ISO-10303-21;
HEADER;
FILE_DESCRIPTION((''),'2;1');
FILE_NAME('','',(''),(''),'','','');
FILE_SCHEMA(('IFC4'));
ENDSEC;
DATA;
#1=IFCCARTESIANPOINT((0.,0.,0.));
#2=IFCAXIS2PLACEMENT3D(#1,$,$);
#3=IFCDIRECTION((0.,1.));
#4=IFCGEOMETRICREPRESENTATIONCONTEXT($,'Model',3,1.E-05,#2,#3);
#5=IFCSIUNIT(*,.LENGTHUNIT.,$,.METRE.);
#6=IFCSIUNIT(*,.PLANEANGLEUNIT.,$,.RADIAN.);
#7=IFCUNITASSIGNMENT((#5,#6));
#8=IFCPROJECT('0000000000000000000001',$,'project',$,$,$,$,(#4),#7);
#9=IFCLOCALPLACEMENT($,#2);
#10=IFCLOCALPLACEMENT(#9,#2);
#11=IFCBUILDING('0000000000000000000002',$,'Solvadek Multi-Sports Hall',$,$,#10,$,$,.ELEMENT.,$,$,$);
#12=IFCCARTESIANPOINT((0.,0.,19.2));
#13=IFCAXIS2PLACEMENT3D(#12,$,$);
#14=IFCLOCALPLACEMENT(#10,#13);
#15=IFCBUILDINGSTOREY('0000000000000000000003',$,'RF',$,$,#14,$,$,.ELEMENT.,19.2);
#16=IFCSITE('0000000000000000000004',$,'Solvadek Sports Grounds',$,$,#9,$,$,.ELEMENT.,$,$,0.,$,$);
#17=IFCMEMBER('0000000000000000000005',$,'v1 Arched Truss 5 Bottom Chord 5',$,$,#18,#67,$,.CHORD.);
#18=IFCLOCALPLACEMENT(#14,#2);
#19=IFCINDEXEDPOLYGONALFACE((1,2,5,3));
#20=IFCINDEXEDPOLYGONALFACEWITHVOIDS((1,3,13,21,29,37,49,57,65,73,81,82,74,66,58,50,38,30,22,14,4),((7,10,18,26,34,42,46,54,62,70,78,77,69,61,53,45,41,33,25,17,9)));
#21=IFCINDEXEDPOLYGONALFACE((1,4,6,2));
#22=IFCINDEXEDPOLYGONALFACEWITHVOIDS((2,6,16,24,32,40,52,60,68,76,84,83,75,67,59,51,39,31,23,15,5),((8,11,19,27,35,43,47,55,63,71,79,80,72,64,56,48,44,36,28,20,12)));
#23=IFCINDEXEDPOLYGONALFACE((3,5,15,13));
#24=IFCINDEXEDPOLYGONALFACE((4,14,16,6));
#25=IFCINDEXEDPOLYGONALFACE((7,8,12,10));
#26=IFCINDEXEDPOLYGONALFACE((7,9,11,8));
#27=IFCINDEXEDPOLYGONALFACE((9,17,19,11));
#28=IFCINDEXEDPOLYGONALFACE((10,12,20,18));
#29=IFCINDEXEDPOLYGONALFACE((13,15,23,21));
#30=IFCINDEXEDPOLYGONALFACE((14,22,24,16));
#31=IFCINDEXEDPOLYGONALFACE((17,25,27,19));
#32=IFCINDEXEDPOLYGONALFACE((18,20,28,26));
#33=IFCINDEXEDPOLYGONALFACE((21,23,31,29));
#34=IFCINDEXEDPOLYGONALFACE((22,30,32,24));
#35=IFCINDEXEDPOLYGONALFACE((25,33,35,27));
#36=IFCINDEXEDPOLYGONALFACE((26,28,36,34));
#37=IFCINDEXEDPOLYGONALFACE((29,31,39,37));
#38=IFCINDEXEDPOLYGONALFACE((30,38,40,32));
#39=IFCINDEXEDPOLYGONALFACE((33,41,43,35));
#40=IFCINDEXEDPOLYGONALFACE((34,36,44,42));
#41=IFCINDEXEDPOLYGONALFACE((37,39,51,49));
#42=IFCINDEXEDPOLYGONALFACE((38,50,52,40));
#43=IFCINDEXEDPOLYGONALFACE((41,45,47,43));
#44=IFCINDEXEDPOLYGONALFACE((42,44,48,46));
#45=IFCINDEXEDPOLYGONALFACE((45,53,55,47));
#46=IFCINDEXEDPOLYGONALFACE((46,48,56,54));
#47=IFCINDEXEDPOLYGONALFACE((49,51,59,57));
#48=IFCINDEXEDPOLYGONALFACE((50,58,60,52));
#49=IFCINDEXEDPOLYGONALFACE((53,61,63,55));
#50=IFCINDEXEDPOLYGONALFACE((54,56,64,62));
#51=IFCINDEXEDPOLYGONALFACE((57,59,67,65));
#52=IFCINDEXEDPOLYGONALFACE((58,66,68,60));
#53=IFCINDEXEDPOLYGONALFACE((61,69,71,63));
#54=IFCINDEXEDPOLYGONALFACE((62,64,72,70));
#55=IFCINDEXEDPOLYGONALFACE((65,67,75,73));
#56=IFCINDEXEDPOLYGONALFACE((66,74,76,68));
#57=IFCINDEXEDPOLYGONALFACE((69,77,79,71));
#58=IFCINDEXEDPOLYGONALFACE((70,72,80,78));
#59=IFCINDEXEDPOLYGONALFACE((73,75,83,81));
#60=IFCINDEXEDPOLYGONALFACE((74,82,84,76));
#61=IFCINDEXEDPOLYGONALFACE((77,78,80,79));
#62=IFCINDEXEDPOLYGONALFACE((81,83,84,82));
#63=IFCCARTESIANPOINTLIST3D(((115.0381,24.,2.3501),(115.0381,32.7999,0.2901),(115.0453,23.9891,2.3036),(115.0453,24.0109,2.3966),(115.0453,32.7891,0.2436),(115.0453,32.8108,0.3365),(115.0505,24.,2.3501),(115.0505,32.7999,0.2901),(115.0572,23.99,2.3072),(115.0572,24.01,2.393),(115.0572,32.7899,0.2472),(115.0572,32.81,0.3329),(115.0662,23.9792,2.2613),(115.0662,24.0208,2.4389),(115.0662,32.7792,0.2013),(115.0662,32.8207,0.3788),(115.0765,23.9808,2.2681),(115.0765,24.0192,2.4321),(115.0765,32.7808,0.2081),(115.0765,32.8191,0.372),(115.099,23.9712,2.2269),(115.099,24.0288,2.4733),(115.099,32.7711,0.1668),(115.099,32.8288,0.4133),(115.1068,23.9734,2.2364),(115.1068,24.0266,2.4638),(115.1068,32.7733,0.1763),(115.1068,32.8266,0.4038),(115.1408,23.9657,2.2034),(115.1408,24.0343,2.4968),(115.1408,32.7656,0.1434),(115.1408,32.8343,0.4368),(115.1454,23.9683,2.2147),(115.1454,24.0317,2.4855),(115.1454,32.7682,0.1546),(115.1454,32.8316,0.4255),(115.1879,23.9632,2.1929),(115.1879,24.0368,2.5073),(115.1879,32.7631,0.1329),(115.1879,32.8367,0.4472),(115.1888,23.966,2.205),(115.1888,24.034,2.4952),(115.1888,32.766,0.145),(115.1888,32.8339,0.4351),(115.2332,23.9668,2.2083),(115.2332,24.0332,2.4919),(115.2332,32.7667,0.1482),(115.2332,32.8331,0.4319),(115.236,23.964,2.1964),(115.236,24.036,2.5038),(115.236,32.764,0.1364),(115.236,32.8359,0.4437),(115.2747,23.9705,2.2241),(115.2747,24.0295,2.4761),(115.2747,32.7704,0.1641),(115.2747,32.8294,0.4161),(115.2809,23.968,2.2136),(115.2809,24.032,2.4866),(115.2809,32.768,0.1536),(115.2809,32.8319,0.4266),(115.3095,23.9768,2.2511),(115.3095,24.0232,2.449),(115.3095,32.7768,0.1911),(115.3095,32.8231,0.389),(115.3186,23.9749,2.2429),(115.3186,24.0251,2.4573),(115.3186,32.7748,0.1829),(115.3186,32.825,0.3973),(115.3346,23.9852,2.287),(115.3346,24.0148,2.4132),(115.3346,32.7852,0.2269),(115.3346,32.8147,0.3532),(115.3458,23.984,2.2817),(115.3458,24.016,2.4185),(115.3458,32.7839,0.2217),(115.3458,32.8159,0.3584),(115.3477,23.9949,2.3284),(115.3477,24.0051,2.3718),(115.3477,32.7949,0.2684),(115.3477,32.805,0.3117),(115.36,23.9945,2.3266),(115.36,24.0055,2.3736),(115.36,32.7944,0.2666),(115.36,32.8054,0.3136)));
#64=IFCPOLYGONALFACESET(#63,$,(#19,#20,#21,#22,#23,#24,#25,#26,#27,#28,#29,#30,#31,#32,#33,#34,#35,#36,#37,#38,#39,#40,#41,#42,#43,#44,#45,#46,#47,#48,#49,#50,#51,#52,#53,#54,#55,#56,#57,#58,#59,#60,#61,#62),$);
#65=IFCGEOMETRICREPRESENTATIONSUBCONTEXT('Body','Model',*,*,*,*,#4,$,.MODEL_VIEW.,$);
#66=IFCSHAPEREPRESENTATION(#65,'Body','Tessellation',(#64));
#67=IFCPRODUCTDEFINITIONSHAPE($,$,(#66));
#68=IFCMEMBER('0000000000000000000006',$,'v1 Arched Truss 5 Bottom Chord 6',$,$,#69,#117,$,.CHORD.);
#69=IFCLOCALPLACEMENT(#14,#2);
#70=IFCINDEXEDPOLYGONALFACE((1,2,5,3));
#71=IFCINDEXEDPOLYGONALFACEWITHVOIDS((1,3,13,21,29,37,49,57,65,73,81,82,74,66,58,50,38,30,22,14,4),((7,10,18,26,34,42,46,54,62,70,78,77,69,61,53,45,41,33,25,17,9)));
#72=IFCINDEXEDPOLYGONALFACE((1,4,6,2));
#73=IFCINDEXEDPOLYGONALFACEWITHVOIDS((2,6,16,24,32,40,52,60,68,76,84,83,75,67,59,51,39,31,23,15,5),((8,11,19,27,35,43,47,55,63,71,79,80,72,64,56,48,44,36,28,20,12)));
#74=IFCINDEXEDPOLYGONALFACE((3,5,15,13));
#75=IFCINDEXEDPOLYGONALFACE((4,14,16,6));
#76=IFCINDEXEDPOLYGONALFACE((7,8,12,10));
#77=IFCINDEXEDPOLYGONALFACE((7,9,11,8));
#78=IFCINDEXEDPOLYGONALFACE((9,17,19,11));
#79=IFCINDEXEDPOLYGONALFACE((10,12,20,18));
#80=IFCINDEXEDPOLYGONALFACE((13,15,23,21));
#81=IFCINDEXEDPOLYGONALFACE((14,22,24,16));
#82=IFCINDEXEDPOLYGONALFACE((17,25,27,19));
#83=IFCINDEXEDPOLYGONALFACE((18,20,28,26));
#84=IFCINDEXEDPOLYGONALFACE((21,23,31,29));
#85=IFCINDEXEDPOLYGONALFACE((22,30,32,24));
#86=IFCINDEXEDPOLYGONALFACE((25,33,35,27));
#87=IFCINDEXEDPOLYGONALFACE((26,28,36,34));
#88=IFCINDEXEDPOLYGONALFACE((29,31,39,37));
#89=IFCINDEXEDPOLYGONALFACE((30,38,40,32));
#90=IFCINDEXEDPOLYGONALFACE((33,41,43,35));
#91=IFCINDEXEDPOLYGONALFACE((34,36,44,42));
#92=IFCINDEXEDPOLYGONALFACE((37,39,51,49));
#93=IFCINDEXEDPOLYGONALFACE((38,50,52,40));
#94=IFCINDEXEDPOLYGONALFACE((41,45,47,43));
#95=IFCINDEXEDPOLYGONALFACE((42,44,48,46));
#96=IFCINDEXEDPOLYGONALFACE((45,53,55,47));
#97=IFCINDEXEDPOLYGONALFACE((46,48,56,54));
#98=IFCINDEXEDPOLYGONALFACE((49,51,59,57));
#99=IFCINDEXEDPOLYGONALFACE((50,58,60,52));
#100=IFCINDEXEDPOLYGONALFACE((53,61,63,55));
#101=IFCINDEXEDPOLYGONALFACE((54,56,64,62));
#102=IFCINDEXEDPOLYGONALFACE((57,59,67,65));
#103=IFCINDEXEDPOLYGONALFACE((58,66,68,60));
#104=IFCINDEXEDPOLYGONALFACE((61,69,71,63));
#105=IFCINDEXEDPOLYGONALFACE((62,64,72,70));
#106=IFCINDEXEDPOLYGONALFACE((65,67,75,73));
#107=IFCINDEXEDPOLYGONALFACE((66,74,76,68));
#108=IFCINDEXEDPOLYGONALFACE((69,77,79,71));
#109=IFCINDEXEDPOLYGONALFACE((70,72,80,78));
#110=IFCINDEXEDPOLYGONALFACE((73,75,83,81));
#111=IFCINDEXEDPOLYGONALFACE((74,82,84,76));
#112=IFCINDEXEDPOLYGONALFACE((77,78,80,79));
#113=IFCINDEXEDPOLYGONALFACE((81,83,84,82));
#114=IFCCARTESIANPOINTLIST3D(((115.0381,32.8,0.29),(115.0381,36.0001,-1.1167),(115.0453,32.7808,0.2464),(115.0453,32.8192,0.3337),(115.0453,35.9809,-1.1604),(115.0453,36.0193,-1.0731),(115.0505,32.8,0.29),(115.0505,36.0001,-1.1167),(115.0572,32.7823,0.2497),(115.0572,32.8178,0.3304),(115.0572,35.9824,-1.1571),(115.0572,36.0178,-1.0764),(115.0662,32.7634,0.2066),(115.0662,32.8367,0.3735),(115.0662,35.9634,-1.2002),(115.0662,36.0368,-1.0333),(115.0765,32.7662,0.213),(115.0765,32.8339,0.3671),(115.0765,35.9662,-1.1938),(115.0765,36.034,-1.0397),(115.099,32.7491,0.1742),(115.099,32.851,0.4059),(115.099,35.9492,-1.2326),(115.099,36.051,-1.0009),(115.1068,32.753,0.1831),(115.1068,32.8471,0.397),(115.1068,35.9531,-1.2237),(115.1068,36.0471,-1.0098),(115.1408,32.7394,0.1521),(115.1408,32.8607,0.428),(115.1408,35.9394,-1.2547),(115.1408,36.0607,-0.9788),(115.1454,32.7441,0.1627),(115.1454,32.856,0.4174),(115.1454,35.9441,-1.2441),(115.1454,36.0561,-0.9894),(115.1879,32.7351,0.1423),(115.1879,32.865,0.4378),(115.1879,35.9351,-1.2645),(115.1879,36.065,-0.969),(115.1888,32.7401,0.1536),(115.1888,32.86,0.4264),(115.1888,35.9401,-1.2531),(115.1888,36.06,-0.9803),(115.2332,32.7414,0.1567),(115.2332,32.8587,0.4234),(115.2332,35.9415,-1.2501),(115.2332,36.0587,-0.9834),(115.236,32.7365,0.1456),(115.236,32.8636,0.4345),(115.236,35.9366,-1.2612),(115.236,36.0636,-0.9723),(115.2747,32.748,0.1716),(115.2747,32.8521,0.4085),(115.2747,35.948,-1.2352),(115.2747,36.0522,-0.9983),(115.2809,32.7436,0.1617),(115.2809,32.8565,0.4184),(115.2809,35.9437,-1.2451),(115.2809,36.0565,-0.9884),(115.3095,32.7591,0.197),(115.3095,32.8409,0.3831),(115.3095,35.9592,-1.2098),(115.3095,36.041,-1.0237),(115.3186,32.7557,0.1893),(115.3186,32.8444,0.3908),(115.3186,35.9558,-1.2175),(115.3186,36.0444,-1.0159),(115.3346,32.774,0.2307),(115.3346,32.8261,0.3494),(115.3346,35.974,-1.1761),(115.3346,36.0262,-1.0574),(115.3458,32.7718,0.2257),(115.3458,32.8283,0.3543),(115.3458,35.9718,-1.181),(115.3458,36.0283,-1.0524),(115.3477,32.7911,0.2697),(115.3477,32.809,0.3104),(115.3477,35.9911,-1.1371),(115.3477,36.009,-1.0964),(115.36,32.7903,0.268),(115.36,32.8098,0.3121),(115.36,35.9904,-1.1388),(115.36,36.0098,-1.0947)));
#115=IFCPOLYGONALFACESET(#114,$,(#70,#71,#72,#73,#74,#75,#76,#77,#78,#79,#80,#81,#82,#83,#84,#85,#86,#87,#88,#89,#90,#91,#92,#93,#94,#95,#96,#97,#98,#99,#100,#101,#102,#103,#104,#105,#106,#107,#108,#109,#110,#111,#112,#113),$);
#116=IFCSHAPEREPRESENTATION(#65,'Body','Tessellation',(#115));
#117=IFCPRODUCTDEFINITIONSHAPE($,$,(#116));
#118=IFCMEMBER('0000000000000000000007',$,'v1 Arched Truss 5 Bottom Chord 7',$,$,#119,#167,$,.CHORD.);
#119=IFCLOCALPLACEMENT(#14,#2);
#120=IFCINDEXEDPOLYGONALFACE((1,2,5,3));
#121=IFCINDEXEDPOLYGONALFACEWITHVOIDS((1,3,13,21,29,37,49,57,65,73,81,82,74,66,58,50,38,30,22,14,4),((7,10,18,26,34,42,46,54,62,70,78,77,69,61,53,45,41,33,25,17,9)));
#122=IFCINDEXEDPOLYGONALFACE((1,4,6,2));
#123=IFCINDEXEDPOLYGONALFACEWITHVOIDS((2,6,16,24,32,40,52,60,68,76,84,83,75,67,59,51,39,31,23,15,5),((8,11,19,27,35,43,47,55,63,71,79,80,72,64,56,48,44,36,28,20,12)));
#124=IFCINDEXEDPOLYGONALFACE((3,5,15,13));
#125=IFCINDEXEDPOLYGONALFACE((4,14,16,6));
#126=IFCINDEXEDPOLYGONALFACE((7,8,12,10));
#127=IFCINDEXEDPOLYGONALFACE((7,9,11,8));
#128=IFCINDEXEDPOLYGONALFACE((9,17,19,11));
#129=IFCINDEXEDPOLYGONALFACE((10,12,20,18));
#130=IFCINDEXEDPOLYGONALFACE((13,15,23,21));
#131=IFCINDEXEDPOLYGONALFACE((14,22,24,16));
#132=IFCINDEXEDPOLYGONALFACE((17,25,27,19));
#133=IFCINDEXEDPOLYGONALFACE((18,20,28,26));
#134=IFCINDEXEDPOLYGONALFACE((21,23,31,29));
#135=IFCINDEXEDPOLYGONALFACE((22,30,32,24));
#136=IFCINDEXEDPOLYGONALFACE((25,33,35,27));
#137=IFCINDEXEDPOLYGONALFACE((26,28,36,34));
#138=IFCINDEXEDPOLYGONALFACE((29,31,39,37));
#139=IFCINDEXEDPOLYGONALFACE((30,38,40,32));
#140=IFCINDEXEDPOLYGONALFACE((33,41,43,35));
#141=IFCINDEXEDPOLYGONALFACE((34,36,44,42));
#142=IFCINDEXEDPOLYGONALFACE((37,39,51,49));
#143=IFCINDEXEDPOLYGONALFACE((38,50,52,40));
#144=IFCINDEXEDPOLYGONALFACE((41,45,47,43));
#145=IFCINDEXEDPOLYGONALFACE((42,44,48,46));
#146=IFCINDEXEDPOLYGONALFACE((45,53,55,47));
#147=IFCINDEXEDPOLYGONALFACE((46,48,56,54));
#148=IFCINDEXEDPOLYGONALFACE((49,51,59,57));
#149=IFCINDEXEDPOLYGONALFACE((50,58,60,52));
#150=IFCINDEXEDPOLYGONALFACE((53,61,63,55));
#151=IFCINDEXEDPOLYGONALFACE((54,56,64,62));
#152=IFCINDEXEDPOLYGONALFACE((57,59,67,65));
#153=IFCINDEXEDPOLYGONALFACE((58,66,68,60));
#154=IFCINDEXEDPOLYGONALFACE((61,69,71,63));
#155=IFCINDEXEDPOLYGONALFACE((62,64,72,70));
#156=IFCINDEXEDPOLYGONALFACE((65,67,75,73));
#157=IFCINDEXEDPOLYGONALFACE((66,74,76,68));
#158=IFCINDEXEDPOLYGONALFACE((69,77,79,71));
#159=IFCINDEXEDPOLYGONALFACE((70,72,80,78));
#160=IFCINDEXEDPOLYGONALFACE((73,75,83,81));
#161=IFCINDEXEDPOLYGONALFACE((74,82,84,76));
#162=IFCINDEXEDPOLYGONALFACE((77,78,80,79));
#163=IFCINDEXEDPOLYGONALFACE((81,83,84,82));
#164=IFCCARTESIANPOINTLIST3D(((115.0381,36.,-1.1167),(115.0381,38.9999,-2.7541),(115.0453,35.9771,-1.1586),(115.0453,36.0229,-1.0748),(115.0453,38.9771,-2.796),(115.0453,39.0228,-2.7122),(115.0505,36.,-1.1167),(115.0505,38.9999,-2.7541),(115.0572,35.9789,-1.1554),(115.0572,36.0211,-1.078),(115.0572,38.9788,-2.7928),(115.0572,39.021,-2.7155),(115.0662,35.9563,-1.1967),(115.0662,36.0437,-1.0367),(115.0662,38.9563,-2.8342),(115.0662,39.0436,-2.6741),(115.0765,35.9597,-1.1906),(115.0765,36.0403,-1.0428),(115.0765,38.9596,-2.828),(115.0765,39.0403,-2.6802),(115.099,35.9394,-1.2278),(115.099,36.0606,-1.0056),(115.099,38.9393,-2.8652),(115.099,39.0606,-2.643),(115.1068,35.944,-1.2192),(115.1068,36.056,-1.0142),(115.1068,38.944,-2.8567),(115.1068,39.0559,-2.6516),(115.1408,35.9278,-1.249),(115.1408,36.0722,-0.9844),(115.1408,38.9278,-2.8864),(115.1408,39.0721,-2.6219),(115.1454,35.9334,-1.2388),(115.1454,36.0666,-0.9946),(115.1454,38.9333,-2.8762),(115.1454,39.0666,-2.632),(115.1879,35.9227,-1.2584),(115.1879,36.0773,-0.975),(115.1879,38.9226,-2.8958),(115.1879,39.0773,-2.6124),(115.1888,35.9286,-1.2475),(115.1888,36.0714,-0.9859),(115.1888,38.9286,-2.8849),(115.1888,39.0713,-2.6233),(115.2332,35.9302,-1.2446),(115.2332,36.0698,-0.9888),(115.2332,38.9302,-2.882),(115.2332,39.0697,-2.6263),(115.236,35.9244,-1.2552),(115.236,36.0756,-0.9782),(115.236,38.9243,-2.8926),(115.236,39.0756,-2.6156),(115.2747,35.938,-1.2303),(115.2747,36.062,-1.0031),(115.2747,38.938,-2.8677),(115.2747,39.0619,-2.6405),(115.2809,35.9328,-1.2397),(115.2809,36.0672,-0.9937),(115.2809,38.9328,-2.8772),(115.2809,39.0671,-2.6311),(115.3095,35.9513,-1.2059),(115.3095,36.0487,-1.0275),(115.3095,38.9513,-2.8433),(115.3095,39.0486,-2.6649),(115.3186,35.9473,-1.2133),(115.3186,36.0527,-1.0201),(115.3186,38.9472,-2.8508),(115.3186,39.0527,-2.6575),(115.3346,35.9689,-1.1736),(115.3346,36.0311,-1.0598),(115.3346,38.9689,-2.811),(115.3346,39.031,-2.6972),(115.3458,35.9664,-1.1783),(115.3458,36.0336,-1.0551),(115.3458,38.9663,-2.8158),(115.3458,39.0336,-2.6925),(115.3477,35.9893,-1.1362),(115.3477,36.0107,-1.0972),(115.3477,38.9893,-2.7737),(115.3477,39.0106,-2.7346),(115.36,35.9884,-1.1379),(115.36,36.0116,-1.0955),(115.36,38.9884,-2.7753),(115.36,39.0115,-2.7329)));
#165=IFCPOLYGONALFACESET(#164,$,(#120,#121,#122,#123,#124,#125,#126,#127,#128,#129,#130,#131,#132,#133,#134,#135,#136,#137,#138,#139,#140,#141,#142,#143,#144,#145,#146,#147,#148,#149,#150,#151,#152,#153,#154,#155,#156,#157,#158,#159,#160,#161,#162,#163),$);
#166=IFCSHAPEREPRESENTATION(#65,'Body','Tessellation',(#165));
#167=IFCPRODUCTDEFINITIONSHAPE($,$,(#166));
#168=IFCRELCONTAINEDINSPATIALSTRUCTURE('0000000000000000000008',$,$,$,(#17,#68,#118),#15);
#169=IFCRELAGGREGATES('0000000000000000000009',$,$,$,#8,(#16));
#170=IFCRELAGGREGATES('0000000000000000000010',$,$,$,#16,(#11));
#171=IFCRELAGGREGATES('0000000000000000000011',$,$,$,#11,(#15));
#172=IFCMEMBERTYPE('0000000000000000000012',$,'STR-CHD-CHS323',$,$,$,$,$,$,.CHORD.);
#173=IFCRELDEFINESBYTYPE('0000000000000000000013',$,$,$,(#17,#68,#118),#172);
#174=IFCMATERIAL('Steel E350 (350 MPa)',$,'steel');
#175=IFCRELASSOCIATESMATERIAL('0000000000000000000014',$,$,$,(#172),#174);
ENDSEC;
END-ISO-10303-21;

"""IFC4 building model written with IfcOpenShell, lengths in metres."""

from ifc_helpers import new_model, si_unit, direction, frame, origin, origin_2d, place, context, subcontext, project, spatial, hollow_circle, extrude, material, material_profile, profile_set, type_object, element, save


model = new_model("IFC4")

# Units and contexts
model_context = context("Model", 3, precision=1e-05, world=origin(), true_north=direction((0.0, 1.0)))
body_context = subcontext(model_context, "Body", "Model", "MODEL_VIEW")
ifc_project = project(units=[si_unit("LENGTHUNIT", "METRE"), si_unit("PLANEANGLEUNIT", "RADIAN")], contexts=[model_context])

# Site, building, storey
site_placement = place(None, origin())
site = spatial("IfcSite", under=ifc_project, at=site_placement, Name="Solvadek Sports Grounds", CompositionType="ELEMENT", RefElevation=0.0)
building_placement = place(site_placement, origin())
building = spatial("IfcBuilding", under=site, at=building_placement, Name="Solvadek Multi-Sports Hall", CompositionType="ELEMENT")
storey_placement = place(building_placement, frame((0.0, 0.0, 19.2)))
storey = spatial("IfcBuildingStorey", under=building, at=storey_placement, Name="RF", CompositionType="ELEMENT", Elevation=19.2)

# Members
ifc_material_1 = material(Name="Steel E350 (350 MPa)", Category="steel")
ifc_material_profile_1 = material_profile(ifc_material_1, hollow_circle(Radius=0.1619, WallThickness=0.0125, at=origin_2d()), Name="CHS 323.9x12.5")
ifc_profile_set_1 = profile_set([ifc_material_profile_1], Name="Steel E350 (350 MPa)")
member_type_1 = type_object("IfcMemberType", Name="STR-CHD-CHS323", PredefinedType="CHORD", material=ifc_profile_set_1)
member_1_placement = place(storey_placement, frame((115.2, 24.0, 2.3501), z_axis=(0.0, 0.973677, -0.227934), x_axis=(-1.0, 0.0, 0.0)))
element("IfcMember", 1, at=member_1_placement, inside=storey, type_object=member_type_1, Name="v1 Arched Truss 5 Bottom Chord 5", PredefinedType="CHORD", context=body_context, shape_type="SweptSolid", body=[
    extrude(hollow_circle(Radius=0.1619, WallThickness=0.0125, at=origin_2d()), origin(), (0.0, 0.0, 1.0), 9.0378),
])
member_2_placement = place(storey_placement, frame((115.2, 32.8, 0.29), z_axis=(0.0, 0.915446, -0.402441), x_axis=(-1.0, 0.0, 0.0)))
element("IfcMember", 2, at=member_2_placement, inside=storey, type_object=member_type_1, Name="v1 Arched Truss 5 Bottom Chord 6", PredefinedType="CHORD", context=body_context, shape_type="SweptSolid", body=[
    extrude(hollow_circle(Radius=0.1619, WallThickness=0.0125, at=origin_2d()), origin(), (0.0, 0.0, 1.0), 3.4956),
])
member_3_placement = place(storey_placement, frame((115.2, 36.0, -1.1167), z_axis=(0.0, 0.877762, -0.479097), x_axis=(-1.0, 0.0, 0.0)))
element("IfcMember", 3, at=member_3_placement, inside=storey, type_object=member_type_1, Name="v1 Arched Truss 5 Bottom Chord 7", PredefinedType="CHORD", context=body_context, shape_type="SweptSolid", body=[
    extrude(hollow_circle(Radius=0.1619, WallThickness=0.0125, at=origin_2d()), origin(), (0.0, 0.0, 1.0), 3.4177),
])

save(model, "model.ifc")
